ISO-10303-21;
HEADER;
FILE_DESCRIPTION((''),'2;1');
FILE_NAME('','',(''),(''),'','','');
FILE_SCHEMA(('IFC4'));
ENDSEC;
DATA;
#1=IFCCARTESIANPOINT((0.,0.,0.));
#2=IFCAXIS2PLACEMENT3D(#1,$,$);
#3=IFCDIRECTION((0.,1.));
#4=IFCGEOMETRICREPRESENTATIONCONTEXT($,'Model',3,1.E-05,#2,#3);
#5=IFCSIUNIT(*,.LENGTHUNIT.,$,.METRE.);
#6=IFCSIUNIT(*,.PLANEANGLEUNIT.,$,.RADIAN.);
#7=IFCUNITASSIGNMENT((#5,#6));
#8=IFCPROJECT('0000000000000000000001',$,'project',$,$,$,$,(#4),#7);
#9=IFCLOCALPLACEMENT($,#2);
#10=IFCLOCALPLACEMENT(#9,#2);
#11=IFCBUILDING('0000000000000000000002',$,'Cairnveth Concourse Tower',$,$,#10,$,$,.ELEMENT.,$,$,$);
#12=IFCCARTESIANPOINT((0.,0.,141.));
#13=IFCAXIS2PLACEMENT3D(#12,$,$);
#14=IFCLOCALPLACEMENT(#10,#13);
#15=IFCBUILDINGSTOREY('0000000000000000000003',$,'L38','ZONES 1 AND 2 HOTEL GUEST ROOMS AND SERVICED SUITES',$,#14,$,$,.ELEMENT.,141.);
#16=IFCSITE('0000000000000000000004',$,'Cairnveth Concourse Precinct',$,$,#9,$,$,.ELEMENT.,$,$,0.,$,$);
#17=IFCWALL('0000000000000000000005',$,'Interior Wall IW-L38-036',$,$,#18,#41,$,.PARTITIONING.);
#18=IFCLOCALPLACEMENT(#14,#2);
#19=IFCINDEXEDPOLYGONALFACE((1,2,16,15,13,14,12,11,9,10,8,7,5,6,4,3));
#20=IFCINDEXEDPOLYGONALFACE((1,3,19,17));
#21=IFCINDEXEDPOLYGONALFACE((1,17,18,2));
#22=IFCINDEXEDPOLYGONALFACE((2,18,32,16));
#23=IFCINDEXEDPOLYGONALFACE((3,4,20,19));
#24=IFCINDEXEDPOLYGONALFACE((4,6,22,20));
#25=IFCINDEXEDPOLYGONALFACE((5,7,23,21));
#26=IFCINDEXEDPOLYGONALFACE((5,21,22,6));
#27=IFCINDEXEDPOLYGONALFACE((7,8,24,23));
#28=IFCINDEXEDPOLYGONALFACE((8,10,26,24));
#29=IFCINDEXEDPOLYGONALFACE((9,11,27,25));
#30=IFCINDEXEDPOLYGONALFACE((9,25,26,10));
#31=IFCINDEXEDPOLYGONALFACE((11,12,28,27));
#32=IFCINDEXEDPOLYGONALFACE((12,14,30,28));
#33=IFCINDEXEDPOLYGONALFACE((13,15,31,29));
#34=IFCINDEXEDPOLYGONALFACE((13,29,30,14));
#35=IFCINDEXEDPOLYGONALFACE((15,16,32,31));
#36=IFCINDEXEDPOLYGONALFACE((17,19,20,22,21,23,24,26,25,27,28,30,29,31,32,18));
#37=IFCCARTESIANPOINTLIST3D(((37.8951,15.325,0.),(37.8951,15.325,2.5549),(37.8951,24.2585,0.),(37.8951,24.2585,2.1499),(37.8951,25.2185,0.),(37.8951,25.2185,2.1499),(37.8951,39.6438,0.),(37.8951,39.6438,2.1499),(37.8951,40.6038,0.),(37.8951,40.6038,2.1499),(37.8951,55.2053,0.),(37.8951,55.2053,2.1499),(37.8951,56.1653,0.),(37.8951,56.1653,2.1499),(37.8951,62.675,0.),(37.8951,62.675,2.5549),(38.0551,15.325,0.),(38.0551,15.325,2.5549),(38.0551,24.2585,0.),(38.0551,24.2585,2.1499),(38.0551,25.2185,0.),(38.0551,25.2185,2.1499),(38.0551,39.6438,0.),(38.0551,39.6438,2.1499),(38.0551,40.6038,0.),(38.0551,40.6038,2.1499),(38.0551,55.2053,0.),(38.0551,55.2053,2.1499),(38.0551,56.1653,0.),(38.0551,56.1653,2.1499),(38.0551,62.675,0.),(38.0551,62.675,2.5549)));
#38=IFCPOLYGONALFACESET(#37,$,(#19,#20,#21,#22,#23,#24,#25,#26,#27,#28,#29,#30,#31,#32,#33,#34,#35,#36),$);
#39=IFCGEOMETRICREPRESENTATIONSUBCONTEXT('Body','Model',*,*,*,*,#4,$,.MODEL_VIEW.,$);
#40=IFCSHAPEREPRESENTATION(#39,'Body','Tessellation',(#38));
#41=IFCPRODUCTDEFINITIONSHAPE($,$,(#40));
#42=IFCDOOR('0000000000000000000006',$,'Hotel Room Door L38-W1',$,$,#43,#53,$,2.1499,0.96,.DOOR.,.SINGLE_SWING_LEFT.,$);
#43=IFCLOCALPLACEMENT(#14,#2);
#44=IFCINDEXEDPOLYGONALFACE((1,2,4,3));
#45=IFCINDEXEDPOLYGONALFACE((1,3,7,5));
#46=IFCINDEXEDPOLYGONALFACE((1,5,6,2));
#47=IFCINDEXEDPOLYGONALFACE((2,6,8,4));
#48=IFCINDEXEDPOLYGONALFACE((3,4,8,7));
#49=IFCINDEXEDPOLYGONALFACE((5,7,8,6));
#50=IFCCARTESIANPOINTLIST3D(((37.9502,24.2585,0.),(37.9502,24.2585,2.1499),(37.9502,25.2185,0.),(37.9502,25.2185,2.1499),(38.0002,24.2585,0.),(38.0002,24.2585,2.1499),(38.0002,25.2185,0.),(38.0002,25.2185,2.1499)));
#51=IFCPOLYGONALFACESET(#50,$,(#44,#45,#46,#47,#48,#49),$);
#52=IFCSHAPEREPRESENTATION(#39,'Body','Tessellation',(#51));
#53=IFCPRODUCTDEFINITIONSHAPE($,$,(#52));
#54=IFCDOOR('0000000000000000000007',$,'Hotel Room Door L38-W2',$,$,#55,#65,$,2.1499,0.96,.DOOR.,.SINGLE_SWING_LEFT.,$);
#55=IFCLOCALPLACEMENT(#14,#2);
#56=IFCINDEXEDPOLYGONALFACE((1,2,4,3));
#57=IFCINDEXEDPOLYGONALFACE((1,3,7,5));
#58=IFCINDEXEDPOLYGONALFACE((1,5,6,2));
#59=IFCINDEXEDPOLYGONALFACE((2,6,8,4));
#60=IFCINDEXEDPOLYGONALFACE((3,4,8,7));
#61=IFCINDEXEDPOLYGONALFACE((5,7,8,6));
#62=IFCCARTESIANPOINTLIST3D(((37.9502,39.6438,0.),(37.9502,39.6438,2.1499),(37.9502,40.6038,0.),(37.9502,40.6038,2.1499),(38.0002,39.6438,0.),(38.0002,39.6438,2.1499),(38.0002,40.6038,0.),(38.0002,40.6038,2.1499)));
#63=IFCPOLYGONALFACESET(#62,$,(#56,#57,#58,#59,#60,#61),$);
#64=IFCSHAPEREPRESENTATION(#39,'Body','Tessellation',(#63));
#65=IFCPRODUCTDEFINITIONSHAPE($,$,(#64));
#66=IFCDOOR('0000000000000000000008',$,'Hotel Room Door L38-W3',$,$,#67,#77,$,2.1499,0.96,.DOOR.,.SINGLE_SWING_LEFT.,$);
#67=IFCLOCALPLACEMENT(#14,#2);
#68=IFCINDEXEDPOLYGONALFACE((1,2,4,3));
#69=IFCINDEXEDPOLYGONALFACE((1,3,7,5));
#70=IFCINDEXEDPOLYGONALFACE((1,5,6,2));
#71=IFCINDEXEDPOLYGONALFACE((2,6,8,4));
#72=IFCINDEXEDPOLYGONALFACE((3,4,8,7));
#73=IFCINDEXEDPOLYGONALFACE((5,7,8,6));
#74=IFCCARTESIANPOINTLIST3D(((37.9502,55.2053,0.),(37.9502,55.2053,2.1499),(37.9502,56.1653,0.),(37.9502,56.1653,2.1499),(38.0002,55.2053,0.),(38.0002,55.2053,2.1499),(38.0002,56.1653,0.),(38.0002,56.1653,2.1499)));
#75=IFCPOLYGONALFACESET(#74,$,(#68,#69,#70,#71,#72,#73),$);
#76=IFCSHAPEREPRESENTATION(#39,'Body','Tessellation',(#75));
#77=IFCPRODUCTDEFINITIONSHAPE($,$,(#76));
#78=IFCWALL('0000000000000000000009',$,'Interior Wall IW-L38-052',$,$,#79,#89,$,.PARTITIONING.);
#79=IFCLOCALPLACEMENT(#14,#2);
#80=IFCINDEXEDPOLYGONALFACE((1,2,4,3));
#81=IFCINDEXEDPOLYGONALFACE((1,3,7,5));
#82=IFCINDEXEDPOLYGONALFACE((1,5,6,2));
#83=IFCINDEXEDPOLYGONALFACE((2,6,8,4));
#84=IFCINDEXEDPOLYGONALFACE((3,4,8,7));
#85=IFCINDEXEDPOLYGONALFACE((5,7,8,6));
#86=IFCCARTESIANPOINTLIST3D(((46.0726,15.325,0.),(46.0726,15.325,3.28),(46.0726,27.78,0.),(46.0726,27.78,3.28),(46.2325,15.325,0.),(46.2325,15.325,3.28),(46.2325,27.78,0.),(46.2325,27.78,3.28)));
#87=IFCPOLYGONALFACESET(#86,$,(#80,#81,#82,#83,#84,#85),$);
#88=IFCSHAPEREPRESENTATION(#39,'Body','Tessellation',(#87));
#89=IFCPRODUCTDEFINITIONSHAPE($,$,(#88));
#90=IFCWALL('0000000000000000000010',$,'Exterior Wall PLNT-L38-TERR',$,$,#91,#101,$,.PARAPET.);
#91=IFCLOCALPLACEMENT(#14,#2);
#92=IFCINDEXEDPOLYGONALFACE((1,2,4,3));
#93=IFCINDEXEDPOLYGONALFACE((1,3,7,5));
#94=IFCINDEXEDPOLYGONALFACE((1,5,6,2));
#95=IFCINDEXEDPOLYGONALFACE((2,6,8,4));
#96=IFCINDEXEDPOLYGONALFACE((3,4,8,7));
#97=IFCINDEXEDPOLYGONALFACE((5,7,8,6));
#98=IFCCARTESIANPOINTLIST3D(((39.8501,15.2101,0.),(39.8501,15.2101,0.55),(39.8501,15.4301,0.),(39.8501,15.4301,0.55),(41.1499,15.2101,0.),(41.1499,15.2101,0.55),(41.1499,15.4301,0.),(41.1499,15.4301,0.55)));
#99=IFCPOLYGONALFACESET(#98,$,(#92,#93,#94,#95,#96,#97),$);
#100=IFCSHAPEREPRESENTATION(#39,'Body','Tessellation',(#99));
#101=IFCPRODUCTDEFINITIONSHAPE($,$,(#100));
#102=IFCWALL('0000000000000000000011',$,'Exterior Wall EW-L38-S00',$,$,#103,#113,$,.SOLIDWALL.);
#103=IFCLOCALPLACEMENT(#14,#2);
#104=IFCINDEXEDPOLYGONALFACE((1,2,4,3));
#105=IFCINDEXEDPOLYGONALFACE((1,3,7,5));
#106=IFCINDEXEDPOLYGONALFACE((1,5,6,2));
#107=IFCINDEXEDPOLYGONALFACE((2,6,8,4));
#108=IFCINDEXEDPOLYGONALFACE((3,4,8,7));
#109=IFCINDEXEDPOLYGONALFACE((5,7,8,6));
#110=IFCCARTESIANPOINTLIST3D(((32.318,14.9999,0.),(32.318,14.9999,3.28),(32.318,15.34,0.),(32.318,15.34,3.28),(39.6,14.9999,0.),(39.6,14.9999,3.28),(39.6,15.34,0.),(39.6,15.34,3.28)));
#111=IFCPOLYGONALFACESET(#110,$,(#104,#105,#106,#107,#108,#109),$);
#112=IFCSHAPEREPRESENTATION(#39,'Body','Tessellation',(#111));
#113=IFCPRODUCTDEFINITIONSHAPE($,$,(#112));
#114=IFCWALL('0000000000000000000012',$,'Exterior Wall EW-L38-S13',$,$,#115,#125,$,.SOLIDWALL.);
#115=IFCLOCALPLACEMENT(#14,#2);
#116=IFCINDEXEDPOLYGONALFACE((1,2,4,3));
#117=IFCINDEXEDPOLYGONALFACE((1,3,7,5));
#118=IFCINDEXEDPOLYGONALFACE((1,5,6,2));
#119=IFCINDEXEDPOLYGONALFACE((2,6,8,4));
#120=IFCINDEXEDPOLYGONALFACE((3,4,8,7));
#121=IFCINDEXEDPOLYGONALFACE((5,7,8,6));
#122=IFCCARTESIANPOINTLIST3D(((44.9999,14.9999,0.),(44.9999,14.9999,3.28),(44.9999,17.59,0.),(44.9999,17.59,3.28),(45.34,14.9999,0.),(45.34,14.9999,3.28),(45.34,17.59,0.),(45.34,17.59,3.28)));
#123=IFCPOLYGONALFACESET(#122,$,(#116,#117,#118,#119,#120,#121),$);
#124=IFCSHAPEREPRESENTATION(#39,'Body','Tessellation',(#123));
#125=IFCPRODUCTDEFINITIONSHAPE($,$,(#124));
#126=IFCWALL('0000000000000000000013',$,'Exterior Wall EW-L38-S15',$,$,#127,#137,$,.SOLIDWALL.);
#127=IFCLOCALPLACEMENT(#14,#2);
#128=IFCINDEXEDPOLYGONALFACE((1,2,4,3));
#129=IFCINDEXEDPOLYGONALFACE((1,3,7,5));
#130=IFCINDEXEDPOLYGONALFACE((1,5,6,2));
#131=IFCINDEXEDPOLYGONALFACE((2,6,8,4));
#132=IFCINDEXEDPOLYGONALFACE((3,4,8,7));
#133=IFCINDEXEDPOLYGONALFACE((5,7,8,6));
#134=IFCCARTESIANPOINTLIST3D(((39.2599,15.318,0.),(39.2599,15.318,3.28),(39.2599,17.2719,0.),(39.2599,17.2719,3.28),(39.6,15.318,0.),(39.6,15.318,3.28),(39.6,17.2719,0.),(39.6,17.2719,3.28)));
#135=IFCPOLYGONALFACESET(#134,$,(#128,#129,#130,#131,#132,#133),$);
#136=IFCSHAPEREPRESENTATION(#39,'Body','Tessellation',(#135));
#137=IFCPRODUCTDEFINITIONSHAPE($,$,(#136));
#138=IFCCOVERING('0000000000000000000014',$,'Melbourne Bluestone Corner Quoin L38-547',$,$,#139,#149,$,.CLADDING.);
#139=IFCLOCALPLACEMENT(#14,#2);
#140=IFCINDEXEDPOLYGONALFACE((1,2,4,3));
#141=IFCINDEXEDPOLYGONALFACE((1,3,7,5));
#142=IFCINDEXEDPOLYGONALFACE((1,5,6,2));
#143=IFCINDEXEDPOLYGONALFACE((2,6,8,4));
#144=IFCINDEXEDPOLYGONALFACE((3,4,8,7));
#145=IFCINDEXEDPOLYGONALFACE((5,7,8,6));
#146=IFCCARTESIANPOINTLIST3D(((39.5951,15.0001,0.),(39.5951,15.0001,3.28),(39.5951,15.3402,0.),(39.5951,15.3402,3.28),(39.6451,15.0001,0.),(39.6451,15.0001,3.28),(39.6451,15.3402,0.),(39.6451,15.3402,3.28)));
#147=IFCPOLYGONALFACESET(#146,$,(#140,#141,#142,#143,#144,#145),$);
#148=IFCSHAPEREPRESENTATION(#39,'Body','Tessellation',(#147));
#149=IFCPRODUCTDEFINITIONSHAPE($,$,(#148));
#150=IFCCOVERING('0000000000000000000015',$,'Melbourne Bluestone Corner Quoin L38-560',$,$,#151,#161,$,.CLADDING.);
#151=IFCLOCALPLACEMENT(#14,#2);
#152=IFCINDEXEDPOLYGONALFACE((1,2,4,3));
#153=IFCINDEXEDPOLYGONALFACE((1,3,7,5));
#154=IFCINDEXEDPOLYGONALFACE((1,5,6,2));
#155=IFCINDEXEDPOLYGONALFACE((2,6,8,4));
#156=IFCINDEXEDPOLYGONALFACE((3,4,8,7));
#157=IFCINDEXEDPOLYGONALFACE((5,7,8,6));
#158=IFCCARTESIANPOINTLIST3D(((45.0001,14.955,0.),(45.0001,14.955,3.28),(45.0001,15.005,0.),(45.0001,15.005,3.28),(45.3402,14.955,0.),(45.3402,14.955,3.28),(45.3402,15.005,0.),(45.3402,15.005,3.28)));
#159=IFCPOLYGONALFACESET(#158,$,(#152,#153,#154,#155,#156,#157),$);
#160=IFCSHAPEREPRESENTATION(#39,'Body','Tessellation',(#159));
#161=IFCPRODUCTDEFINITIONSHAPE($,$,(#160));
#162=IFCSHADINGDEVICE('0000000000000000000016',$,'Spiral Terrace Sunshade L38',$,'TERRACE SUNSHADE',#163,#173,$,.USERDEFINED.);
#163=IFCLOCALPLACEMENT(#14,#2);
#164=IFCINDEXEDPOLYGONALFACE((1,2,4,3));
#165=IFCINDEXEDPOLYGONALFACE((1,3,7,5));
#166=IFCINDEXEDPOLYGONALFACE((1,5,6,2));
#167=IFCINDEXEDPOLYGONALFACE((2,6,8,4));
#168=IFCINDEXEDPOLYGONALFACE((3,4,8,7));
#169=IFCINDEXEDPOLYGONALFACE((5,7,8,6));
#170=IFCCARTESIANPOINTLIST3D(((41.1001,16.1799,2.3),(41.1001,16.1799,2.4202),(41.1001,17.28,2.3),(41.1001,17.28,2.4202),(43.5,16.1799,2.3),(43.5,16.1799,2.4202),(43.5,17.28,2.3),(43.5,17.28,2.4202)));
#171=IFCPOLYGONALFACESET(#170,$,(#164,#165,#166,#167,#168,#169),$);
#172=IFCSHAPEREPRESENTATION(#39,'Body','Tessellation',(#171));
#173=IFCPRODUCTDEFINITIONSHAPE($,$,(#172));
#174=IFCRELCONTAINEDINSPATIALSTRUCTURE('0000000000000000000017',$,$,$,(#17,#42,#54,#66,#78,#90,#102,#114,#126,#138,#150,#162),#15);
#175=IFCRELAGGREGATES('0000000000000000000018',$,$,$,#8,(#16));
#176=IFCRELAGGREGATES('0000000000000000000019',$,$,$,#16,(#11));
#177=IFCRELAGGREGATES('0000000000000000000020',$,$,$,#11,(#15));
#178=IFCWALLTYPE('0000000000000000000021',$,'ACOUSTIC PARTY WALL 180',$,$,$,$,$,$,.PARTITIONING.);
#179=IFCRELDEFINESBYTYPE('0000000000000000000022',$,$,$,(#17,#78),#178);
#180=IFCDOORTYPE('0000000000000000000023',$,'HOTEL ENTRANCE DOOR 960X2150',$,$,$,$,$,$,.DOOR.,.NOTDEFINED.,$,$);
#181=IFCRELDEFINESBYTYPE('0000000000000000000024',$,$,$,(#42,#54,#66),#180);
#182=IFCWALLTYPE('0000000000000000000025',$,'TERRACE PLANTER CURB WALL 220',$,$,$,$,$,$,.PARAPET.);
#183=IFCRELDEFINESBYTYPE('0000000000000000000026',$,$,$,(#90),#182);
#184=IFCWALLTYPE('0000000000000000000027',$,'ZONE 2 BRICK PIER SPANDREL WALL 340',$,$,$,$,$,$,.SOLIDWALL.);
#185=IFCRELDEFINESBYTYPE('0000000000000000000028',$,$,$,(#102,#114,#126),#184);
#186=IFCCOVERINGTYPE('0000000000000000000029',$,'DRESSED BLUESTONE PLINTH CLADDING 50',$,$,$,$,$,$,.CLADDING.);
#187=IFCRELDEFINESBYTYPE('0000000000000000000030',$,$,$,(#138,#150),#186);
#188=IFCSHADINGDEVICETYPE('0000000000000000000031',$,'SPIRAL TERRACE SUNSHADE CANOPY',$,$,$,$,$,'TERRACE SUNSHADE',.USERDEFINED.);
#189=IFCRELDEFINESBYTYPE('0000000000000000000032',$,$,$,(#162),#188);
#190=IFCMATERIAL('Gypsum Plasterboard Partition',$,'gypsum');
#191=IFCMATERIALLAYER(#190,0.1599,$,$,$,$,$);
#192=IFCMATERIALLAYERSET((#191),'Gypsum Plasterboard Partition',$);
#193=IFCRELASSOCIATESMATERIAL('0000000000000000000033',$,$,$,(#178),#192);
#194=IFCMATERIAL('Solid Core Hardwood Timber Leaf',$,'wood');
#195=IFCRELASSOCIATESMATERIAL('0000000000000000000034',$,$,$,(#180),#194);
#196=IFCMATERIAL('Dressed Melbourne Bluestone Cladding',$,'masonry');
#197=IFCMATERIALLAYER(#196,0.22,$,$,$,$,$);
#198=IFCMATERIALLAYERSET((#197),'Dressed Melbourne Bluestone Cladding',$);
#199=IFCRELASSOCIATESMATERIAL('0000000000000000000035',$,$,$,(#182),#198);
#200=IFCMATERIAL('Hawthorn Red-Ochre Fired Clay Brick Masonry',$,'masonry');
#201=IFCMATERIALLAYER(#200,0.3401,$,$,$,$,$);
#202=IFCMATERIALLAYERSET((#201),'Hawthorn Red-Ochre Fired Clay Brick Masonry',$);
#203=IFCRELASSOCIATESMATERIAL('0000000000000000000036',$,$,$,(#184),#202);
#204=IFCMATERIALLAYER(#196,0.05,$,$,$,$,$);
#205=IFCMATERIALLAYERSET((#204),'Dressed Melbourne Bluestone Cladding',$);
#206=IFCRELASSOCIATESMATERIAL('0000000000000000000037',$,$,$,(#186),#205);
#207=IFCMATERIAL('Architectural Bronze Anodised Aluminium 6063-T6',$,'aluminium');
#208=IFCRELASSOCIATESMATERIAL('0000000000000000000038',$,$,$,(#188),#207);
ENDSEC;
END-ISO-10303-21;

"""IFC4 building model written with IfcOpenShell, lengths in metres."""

from ifc_helpers import new_model, si_unit, direction, frame, frame_2d, origin, origin_2d, place, context, subcontext, project, spatial, rectangle, extrude, material, layer, layer_set, type_object, element, fill, save


model = new_model("IFC4")

# Units and contexts
model_context = context("Model", 3, precision=1e-05, world=origin(), true_north=direction((0.0, 1.0)))
body_context = subcontext(model_context, "Body", "Model", "MODEL_VIEW")
ifc_project = project(units=[si_unit("LENGTHUNIT", "METRE"), si_unit("PLANEANGLEUNIT", "RADIAN")], contexts=[model_context])

# Site, building, storey
site_placement = place(None, origin())
site = spatial("IfcSite", under=ifc_project, at=site_placement, Name="Cairnveth Concourse Precinct", CompositionType="ELEMENT", RefElevation=0.0)
building_placement = place(site_placement, origin())
building = spatial("IfcBuilding", under=site, at=building_placement, Name="Cairnveth Concourse Tower", CompositionType="ELEMENT")
storey_placement = place(building_placement, frame((0.0, 0.0, 141.0)))
storey = spatial("IfcBuildingStorey", under=building, at=storey_placement, Name="L38", Description="ZONES 1 AND 2 HOTEL GUEST ROOMS AND SERVICED SUITES", CompositionType="ELEMENT", Elevation=141.0)

# Wall, openings, doors
ifc_material_1 = material(Name="Gypsum Plasterboard Partition", Category="gypsum")
ifc_layer_1 = layer(ifc_material_1, 0.1599)
ifc_layer_set_1 = layer_set([ifc_layer_1], Name="Gypsum Plasterboard Partition")
wall_type_1 = type_object("IfcWallType", Name="ACOUSTIC PARTY WALL 180", PredefinedType="PARTITIONING", material=ifc_layer_set_1)
wall_1_placement = place(storey_placement, frame((37.9751, 15.325, 0.0), z_axis=(0.0, 0.0, 1.0), x_axis=(0.0, 1.0, 0.0)))
wall_1 = element("IfcWall", 1, at=wall_1_placement, inside=storey, type_object=wall_type_1, Name="Interior Wall IW-L38-036", PredefinedType="PARTITIONING", context=body_context, shape_type="SweptSolid", body=[
    extrude(rectangle(XDim=47.3501, YDim=0.1599, at=frame_2d((23.675, 0.0))), origin(), (0.0, 0.0, 1.0), 2.5549),
])
opening_1_placement = place(wall_1_placement, frame((8.9336, 0.0, 0.0)))
opening_1 = element("IfcOpeningElement", 2, at=opening_1_placement, cuts=wall_1, PredefinedType="OPENING", context=body_context, shape_type="SweptSolid", body=[
    extrude(rectangle(XDim=0.96, YDim=2.1499, at=frame_2d((0.48, 1.075))), frame((0.0, 0.0898, 0.0), z_axis=(0.0, -1.0, 0.0), x_axis=(1.0, 0.0, 0.0)), (0.0, 0.0, 1.0), 0.1799),
])
opening_2_placement = place(wall_1_placement, frame((24.3188, 0.0, 0.0)))
opening_2 = element("IfcOpeningElement", 3, at=opening_2_placement, cuts=wall_1, PredefinedType="OPENING", context=body_context, shape_type="SweptSolid", body=[
    extrude(rectangle(XDim=0.96, YDim=2.1499, at=frame_2d((0.48, 1.075))), frame((0.0, 0.0898, 0.0), z_axis=(0.0, -1.0, 0.0), x_axis=(1.0, 0.0, 0.0)), (0.0, 0.0, 1.0), 0.1799),
])
opening_3_placement = place(wall_1_placement, frame((39.8804, 0.0, 0.0)))
opening_3 = element("IfcOpeningElement", 4, at=opening_3_placement, cuts=wall_1, PredefinedType="OPENING", context=body_context, shape_type="SweptSolid", body=[
    extrude(rectangle(XDim=0.96, YDim=2.1499, at=frame_2d((0.48, 1.075))), frame((0.0, 0.0898, 0.0), z_axis=(0.0, -1.0, 0.0), x_axis=(1.0, 0.0, 0.0)), (0.0, 0.0, 1.0), 0.1799),
])
ifc_material_2 = material(Name="Solid Core Hardwood Timber Leaf", Category="wood")
door_type = type_object("IfcDoorType", Name="HOTEL ENTRANCE DOOR 960X2150", OperationType="NOTDEFINED", PredefinedType="DOOR", material=ifc_material_2)
door_1_placement = place(opening_1_placement, origin())
door_1 = element("IfcDoor", 5, at=door_1_placement, inside=storey, type_object=door_type, Name="Hotel Room Door L38-W1", OperationType="SINGLE_SWING_LEFT", OverallHeight=2.1499, OverallWidth=0.96, PredefinedType="DOOR", context=body_context, shape_type="SweptSolid", body=[
    extrude(rectangle(XDim=0.96, YDim=2.1499, at=frame_2d((0.48, 1.075))), frame((0.0, 0.0249, 0.0), z_axis=(0.0, -1.0, 0.0), x_axis=(1.0, 0.0, 0.0)), (0.0, 0.0, 1.0), 0.05),
])
fill(opening_1, door_1)
door_2_placement = place(opening_2_placement, origin())
door_2 = element("IfcDoor", 6, at=door_2_placement, inside=storey, type_object=door_type, Name="Hotel Room Door L38-W2", OperationType="SINGLE_SWING_LEFT", OverallHeight=2.1499, OverallWidth=0.96, PredefinedType="DOOR", context=body_context, shape_type="SweptSolid", body=[
    extrude(rectangle(XDim=0.96, YDim=2.1499, at=frame_2d((0.48, 1.075))), frame((0.0, 0.0249, 0.0), z_axis=(0.0, -1.0, 0.0), x_axis=(1.0, 0.0, 0.0)), (0.0, 0.0, 1.0), 0.05),
])
fill(opening_2, door_2)
door_3_placement = place(opening_3_placement, origin())
door_3 = element("IfcDoor", 7, at=door_3_placement, inside=storey, type_object=door_type, Name="Hotel Room Door L38-W3", OperationType="SINGLE_SWING_LEFT", OverallHeight=2.1499, OverallWidth=0.96, PredefinedType="DOOR", context=body_context, shape_type="SweptSolid", body=[
    extrude(rectangle(XDim=0.96, YDim=2.1499, at=frame_2d((0.48, 1.075))), frame((0.0, 0.0249, 0.0), z_axis=(0.0, -1.0, 0.0), x_axis=(1.0, 0.0, 0.0)), (0.0, 0.0, 1.0), 0.05),
])
fill(opening_3, door_3)

# Walls
wall_2_placement = place(storey_placement, frame((46.1526, 15.325, 0.0), z_axis=(0.0, 0.0, 1.0), x_axis=(0.0, 1.0, 0.0)))
element("IfcWall", 8, at=wall_2_placement, inside=storey, type_object=wall_type_1, Name="Interior Wall IW-L38-052", PredefinedType="PARTITIONING", context=body_context, shape_type="SweptSolid", body=[
    extrude(rectangle(XDim=12.4551, YDim=0.1599, at=frame_2d((6.2275, 0.0))), origin(), (0.0, 0.0, 1.0), 3.28),
])
ifc_material_3 = material(Name="Dressed Melbourne Bluestone Cladding", Category="masonry")
ifc_layer_2 = layer(ifc_material_3, 0.22)
ifc_layer_set_2 = layer_set([ifc_layer_2], Name="Dressed Melbourne Bluestone Cladding")
wall_type_2 = type_object("IfcWallType", Name="TERRACE PLANTER CURB WALL 220", PredefinedType="PARAPET", material=ifc_layer_set_2)
wall_3_placement = place(storey_placement, frame((39.8501, 15.3201, 0.0), z_axis=(0.0, 0.0, 1.0), x_axis=(1.0, 0.0, 0.0)))
element("IfcWall", 9, at=wall_3_placement, inside=storey, type_object=wall_type_2, Name="Exterior Wall PLNT-L38-TERR", PredefinedType="PARAPET", context=body_context, shape_type="SweptSolid", body=[
    extrude(rectangle(XDim=1.2998, YDim=0.22, at=frame_2d((0.6499, 0.0))), origin(), (0.0, 0.0, 1.0), 0.55),
])
ifc_material_4 = material(Name="Hawthorn Red-Ochre Fired Clay Brick Masonry", Category="masonry")
ifc_layer_3 = layer(ifc_material_4, 0.3401)
ifc_layer_set_3 = layer_set([ifc_layer_3], Name="Hawthorn Red-Ochre Fired Clay Brick Masonry")
wall_type_3 = type_object("IfcWallType", Name="ZONE 2 BRICK PIER SPANDREL WALL 340", PredefinedType="SOLIDWALL", material=ifc_layer_set_3)
wall_4_placement = place(storey_placement, frame((39.6001, 15.1699, 0.0), z_axis=(0.0, 0.0, 1.0), x_axis=(-1.0, 0.0, 0.0)))
element("IfcWall", 10, at=wall_4_placement, inside=storey, type_object=wall_type_3, Name="Exterior Wall EW-L38-S00", PredefinedType="SOLIDWALL", context=body_context, shape_type="SweptSolid", body=[
    extrude(rectangle(XDim=7.282, YDim=0.3401, at=frame_2d((3.6411, 0.0))), origin(), (0.0, 0.0, 1.0), 3.28),
])
wall_5_placement = place(storey_placement, frame((45.1699, 15.0, 0.0), z_axis=(0.0, 0.0, 1.0), x_axis=(0.0, 1.0, 0.0)))
element("IfcWall", 11, at=wall_5_placement, inside=storey, type_object=wall_type_3, Name="Exterior Wall EW-L38-S13", PredefinedType="SOLIDWALL", context=body_context, shape_type="SweptSolid", body=[
    extrude(rectangle(XDim=2.5901, YDim=0.3401, at=frame_2d((1.2949, 0.0))), origin(), (0.0, 0.0, 1.0), 3.28),
])
wall_6_placement = place(storey_placement, frame((39.4299, 17.272, 0.0), z_axis=(0.0, 0.0, 1.0), x_axis=(0.0, -1.0, 0.0)))
element("IfcWall", 12, at=wall_6_placement, inside=storey, type_object=wall_type_3, Name="Exterior Wall EW-L38-S15", PredefinedType="SOLIDWALL", context=body_context, shape_type="SweptSolid", body=[
    extrude(rectangle(XDim=1.9539, YDim=0.3401, at=frame_2d((0.9771, 0.0))), origin(), (0.0, 0.0, 1.0), 3.28),
])

# Coverings
ifc_layer_4 = layer(ifc_material_3, 0.05)
ifc_layer_set_4 = layer_set([ifc_layer_4], Name="Dressed Melbourne Bluestone Cladding")
covering_type = type_object("IfcCoveringType", Name="DRESSED BLUESTONE PLINTH CLADDING 50", PredefinedType="CLADDING", material=ifc_layer_set_4)
for number, where, z_axis, x_axis, name in (
    (13, (39.6201, 15.3401, 0.0), (0.0, 0.0, 1.0), (0.0, -1.0, 0.0), "Melbourne Bluestone Corner Quoin L38-547"),
    (14, (45.3401, 14.98, 0.0), (0.0, 0.0, 1.0), (-1.0, 0.0, 0.0), "Melbourne Bluestone Corner Quoin L38-560"),
):
    element("IfcCovering", number, at=place(storey_placement, frame(where, z_axis=z_axis, x_axis=x_axis)), inside=storey, type_object=covering_type, Name=name, PredefinedType="CLADDING", context=body_context, shape_type="SweptSolid", body=[
        extrude(rectangle(XDim=0.3401, YDim=0.05, at=frame_2d((0.1699, 0.0))), origin(), (0.0, 0.0, 1.0), 3.28),
    ])

# Shading device
ifc_material_5 = material(Name="Architectural Bronze Anodised Aluminium 6063-T6", Category="aluminium")
shading_device_type = type_object("IfcShadingDeviceType", Name="SPIRAL TERRACE SUNSHADE CANOPY", ElementType="TERRACE SUNSHADE", PredefinedType="USERDEFINED", material=ifc_material_5)
shading_device_placement = place(storey_placement, frame((42.3, 16.73, 2.3), z_axis=(0.0, 0.0, 1.0), x_axis=(1.0, 0.0, 0.0)))
element("IfcShadingDevice", 15, at=shading_device_placement, inside=storey, type_object=shading_device_type, Name="Spiral Terrace Sunshade L38", ObjectType="TERRACE SUNSHADE", PredefinedType="USERDEFINED", context=body_context, shape_type="SweptSolid", body=[
    extrude(rectangle(XDim=2.3999, YDim=1.1001, at=origin_2d()), origin(), (0.0, 0.0, 1.0), 0.1201),
])

save(model, "model.ifc")
